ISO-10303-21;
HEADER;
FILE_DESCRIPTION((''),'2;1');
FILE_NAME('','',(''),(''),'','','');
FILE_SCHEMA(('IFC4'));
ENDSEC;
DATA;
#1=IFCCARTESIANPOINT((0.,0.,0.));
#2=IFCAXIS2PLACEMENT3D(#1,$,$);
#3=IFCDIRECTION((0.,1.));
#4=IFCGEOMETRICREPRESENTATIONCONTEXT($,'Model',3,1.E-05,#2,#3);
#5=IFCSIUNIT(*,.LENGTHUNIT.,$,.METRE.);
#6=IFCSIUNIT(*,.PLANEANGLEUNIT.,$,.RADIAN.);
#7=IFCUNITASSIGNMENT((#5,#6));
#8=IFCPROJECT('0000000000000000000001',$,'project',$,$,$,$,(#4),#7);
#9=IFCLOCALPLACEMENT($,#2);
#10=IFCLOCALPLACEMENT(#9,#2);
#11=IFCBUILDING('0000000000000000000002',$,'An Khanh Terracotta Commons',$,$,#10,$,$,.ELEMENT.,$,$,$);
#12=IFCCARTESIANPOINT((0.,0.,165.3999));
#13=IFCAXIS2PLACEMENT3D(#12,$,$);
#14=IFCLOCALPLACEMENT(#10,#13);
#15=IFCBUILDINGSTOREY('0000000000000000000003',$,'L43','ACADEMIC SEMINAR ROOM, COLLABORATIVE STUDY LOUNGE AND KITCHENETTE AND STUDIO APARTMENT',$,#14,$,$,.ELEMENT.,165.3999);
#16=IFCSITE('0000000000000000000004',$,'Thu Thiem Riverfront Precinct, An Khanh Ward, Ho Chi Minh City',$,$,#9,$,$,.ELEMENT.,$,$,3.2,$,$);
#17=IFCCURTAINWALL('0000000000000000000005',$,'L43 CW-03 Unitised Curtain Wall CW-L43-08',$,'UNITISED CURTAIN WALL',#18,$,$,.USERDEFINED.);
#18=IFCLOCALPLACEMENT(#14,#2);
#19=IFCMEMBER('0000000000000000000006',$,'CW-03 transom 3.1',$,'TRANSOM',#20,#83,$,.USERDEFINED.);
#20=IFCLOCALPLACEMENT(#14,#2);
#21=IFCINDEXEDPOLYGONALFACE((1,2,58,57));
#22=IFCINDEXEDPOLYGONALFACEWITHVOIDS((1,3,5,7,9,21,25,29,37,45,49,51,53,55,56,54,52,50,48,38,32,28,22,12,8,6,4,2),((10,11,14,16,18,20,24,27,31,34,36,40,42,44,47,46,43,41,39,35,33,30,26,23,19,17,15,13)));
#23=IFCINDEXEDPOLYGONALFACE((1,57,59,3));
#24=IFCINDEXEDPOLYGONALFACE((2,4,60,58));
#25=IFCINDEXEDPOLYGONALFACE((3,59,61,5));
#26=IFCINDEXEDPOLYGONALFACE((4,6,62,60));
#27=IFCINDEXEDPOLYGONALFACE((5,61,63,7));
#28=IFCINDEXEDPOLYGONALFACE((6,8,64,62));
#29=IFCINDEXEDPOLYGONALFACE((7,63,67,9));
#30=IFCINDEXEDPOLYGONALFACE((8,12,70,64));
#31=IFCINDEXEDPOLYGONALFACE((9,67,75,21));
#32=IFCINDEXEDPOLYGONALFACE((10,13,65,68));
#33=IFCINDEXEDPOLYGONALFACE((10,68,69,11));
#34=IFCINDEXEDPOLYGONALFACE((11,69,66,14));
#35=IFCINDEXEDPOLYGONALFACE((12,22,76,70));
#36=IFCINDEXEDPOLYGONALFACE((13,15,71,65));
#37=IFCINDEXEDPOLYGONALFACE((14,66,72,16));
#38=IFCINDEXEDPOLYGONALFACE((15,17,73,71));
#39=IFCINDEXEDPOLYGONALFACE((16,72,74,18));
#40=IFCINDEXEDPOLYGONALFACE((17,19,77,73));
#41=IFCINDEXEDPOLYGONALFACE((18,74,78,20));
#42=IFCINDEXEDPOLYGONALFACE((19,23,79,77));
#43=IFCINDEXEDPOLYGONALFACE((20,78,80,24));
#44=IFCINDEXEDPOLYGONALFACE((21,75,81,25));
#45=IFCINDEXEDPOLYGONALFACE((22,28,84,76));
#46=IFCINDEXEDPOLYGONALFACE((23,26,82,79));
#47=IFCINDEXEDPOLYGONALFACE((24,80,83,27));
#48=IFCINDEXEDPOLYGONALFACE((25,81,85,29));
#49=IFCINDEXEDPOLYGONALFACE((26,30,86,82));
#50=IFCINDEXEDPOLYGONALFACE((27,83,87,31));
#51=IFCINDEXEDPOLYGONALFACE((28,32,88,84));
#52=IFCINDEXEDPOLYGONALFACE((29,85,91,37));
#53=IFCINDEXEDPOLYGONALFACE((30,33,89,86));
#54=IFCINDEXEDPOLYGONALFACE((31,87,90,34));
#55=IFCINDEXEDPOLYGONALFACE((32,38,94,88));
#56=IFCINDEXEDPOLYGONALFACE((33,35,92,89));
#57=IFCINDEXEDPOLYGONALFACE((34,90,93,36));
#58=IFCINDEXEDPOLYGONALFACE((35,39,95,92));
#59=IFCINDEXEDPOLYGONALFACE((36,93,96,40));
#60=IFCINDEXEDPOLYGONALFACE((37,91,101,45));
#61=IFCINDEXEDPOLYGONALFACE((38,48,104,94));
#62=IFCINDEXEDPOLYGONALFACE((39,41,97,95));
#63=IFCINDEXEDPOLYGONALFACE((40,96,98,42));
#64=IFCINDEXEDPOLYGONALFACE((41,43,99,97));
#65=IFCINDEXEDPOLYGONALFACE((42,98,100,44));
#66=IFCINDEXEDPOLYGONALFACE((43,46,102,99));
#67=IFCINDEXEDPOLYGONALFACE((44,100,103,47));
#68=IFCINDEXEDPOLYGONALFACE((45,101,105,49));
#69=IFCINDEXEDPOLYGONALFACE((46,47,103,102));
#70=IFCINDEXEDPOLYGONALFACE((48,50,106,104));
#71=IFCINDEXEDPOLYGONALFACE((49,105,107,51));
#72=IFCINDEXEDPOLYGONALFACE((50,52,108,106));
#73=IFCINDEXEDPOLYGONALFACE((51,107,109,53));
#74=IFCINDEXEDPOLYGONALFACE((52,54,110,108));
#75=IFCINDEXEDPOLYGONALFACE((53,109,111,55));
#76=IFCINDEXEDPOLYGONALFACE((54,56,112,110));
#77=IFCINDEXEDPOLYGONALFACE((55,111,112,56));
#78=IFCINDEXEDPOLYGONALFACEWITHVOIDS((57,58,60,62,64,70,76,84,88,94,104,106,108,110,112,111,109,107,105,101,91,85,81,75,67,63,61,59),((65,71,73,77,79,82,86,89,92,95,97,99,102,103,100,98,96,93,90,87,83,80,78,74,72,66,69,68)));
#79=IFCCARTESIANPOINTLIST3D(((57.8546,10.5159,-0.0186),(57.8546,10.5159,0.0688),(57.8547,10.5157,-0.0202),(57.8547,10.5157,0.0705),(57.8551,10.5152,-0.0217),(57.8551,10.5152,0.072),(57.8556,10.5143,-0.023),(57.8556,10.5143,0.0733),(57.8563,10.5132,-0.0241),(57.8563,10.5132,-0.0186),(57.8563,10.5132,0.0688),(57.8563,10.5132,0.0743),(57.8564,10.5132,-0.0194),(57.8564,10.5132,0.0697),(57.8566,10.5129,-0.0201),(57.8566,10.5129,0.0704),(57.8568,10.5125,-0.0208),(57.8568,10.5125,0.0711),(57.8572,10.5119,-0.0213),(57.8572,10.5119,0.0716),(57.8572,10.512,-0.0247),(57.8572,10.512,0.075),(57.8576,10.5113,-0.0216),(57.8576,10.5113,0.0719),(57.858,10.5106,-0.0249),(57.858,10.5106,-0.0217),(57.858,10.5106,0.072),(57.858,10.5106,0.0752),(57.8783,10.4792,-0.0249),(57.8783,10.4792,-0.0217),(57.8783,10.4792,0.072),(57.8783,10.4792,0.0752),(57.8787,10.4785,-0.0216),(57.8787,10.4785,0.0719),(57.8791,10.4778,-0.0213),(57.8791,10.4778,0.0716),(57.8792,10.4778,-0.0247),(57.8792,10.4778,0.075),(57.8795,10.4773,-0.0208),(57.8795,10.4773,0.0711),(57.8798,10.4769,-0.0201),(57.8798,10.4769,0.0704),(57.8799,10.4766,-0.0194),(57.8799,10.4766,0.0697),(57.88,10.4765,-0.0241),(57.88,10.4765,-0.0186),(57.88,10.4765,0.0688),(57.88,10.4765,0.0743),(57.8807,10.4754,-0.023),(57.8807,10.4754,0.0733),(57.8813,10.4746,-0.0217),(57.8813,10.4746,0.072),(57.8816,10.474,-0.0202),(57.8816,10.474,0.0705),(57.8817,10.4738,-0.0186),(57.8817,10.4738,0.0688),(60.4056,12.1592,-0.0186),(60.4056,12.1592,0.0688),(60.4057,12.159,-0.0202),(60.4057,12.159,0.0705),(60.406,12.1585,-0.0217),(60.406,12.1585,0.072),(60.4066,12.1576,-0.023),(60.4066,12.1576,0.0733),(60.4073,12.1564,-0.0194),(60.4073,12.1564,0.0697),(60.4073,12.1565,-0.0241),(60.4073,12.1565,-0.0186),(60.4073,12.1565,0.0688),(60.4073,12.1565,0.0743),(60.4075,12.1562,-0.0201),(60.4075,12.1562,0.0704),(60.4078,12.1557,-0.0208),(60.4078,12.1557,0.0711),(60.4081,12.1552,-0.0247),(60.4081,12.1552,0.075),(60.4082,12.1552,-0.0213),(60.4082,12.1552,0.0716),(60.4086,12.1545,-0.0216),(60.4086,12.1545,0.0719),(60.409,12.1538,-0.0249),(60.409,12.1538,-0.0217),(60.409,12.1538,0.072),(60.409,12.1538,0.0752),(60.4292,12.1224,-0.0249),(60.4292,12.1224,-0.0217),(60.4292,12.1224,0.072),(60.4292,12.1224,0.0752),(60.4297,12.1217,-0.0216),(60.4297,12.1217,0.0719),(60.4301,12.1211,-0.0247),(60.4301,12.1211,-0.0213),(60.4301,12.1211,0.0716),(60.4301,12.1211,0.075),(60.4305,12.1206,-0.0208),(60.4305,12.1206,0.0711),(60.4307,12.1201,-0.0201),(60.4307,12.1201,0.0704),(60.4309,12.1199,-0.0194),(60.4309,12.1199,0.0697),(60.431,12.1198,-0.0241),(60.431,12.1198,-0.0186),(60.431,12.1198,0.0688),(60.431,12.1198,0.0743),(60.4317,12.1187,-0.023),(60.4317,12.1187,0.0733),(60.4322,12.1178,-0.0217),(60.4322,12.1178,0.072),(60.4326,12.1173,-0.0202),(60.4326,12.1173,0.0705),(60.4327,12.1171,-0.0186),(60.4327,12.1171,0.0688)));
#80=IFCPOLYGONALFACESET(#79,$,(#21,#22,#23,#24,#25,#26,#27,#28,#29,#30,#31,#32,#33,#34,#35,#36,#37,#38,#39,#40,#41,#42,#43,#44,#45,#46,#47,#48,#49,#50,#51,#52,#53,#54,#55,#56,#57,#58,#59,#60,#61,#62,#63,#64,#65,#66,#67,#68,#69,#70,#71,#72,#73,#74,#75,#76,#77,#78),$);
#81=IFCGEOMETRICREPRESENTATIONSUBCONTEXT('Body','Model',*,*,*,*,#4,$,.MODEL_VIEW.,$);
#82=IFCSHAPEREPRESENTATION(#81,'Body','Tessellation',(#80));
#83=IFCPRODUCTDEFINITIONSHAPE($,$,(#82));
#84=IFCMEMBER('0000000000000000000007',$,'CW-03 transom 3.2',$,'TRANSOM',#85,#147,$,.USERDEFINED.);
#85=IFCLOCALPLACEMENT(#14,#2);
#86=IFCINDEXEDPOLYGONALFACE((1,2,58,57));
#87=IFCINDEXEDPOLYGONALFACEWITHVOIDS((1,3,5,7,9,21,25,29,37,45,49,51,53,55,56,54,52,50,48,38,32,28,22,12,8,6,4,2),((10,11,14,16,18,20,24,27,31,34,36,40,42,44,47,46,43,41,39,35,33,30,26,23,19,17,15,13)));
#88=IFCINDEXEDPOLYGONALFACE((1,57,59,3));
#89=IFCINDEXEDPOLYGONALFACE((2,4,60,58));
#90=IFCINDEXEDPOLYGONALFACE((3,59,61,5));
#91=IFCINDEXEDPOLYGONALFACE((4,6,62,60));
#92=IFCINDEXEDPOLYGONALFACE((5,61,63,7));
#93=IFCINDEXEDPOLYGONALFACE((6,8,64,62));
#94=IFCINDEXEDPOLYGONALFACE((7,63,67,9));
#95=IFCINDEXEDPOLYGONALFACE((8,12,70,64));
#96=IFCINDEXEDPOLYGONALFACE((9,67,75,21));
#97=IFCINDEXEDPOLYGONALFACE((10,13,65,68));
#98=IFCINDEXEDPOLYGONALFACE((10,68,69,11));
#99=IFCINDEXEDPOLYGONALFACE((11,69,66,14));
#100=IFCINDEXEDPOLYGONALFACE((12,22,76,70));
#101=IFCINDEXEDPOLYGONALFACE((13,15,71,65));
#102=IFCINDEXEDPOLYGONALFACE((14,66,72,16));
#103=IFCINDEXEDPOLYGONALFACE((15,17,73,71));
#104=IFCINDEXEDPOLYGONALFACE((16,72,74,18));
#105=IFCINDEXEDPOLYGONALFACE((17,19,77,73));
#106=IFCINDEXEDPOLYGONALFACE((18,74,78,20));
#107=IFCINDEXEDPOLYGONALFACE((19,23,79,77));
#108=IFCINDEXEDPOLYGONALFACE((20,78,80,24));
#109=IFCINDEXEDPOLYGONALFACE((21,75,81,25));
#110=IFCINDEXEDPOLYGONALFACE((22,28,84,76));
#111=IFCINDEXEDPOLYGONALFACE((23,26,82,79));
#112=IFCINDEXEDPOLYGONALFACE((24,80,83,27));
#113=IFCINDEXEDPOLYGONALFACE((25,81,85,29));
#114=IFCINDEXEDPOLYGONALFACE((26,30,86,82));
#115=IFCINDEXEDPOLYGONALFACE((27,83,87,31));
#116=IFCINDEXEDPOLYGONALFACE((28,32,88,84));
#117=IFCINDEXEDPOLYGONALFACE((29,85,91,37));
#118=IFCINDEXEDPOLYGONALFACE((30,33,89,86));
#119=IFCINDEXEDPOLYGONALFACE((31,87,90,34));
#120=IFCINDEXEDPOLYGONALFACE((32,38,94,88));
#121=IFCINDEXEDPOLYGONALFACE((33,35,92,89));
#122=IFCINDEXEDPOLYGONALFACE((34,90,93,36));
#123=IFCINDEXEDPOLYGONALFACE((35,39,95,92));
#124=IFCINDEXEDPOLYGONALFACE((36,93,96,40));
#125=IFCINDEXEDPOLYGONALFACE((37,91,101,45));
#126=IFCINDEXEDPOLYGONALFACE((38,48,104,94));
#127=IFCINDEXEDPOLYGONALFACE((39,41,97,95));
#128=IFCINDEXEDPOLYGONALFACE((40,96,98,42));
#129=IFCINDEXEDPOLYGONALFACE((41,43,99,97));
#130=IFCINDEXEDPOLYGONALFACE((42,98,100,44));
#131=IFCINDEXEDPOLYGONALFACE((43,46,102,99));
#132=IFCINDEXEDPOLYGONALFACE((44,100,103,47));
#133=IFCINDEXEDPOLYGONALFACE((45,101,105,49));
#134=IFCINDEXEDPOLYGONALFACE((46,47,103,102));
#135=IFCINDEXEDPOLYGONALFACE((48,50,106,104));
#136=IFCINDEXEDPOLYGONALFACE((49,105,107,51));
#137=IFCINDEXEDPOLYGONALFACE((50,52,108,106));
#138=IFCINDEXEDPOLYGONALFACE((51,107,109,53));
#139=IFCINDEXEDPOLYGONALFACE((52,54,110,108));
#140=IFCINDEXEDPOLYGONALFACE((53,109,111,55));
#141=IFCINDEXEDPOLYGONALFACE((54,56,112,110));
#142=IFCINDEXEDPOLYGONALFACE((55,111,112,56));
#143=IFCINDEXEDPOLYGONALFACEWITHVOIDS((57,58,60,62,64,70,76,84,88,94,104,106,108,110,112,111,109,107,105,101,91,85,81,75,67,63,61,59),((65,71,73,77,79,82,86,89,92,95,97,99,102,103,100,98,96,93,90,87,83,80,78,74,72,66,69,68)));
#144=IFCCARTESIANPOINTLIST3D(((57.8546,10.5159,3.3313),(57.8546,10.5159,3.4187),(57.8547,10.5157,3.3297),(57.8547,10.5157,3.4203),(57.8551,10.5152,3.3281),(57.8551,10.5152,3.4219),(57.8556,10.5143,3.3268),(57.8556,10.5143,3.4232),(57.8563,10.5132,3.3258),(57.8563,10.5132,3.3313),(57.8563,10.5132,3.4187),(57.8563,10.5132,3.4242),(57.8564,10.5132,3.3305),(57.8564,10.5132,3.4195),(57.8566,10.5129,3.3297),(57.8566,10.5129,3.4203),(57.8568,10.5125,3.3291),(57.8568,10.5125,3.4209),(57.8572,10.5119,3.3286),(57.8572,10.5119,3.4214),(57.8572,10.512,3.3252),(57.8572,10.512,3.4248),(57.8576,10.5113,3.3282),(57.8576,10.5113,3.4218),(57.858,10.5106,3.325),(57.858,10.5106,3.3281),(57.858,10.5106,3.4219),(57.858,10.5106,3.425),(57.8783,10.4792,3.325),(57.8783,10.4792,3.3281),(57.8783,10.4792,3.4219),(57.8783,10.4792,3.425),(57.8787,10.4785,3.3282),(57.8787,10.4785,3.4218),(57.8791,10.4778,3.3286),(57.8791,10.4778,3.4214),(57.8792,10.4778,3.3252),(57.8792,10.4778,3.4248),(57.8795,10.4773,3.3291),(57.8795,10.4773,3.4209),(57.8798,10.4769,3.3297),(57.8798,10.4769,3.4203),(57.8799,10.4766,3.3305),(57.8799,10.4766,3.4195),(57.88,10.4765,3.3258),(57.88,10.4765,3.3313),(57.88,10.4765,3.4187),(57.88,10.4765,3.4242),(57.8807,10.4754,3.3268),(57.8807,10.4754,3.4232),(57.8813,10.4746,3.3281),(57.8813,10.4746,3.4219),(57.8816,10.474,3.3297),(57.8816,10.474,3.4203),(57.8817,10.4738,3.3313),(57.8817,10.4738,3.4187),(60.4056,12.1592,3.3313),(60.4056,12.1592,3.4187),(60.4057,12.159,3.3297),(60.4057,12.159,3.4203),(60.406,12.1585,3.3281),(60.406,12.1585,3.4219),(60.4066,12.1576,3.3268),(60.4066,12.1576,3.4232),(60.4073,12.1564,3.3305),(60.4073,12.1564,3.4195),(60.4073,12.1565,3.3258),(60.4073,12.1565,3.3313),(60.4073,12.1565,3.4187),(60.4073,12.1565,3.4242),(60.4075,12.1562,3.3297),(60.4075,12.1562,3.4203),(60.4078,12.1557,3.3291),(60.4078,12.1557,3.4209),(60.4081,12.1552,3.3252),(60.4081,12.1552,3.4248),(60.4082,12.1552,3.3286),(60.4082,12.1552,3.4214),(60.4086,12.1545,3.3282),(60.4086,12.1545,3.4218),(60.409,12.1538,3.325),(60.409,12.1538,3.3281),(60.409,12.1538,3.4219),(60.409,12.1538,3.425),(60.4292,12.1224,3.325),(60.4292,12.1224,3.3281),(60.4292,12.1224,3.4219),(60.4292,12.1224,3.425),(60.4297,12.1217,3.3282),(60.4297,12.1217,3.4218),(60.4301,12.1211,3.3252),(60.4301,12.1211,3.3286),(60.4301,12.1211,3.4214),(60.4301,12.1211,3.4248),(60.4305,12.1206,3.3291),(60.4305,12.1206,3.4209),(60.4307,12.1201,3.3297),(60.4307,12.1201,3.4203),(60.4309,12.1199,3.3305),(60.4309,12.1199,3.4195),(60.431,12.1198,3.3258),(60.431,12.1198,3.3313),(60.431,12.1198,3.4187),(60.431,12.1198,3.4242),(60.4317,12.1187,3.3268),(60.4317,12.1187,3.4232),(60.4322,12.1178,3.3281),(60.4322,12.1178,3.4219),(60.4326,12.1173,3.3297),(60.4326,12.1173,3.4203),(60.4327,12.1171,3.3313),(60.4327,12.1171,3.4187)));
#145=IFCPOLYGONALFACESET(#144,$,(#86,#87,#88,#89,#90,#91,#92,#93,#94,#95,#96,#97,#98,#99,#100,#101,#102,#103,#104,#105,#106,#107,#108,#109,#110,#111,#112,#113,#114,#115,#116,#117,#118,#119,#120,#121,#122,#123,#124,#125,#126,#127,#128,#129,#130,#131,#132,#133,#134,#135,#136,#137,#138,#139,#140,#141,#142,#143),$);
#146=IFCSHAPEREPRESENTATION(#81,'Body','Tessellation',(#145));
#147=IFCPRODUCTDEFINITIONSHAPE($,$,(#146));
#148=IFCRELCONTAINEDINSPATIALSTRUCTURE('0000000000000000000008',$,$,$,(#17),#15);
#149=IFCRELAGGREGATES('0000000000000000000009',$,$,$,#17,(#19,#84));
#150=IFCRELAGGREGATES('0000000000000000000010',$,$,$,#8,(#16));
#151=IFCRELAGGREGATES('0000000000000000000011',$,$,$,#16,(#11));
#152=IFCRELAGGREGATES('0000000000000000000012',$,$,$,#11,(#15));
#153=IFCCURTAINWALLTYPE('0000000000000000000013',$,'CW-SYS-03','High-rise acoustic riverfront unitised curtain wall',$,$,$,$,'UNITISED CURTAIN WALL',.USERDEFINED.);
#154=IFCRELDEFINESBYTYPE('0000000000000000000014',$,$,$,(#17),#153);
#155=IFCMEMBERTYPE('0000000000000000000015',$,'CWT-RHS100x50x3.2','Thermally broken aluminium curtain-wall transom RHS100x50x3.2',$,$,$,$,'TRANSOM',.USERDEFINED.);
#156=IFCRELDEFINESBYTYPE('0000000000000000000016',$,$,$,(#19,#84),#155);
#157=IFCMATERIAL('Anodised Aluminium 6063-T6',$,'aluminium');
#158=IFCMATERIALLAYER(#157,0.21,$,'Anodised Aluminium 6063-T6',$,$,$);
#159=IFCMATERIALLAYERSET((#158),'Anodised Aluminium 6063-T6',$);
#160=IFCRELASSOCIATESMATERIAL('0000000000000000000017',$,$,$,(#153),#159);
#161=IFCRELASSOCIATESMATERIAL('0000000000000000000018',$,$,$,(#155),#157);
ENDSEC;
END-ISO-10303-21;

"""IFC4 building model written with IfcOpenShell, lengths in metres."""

from ifc_helpers import new_model, si_unit, direction, frame, origin, origin_2d, place, context, subcontext, project, spatial, hollow_rectangle, extrude, material, layer, layer_set, material_profile, profile_set, type_object, element, aggregate, save


model = new_model("IFC4")

# Units and contexts
model_context = context("Model", 3, precision=1e-05, world=origin(), true_north=direction((0.0, 1.0)))
body_context = subcontext(model_context, "Body", "Model", "MODEL_VIEW")
ifc_project = project(units=[si_unit("LENGTHUNIT", "METRE"), si_unit("PLANEANGLEUNIT", "RADIAN")], contexts=[model_context])

# Site, building, storey
site_placement = place(None, origin())
site = spatial("IfcSite", under=ifc_project, at=site_placement, Name="Thu Thiem Riverfront Precinct, An Khanh Ward, Ho Chi Minh City", CompositionType="ELEMENT", RefElevation=3.2)
building_placement = place(site_placement, origin())
building = spatial("IfcBuilding", under=site, at=building_placement, Name="An Khanh Terracotta Commons", CompositionType="ELEMENT")
storey_placement = place(building_placement, frame((0.0, 0.0, 165.3999)))
storey = spatial("IfcBuildingStorey", under=building, at=storey_placement, Name="L43", Description="ACADEMIC SEMINAR ROOM, COLLABORATIVE STUDY LOUNGE AND KITCHENETTE AND STUDIO APARTMENT", CompositionType="ELEMENT", Elevation=165.3999)

# Curtain wall
ifc_material_1 = material(Name="Anodised Aluminium 6063-T6", Category="aluminium")
ifc_layer_1 = layer(ifc_material_1, 0.21, Name="Anodised Aluminium 6063-T6")
ifc_layer_set_1 = layer_set([ifc_layer_1], Name="Anodised Aluminium 6063-T6")
curtain_wall_type = type_object("IfcCurtainWallType", Name="CW-SYS-03", Description="High-rise acoustic riverfront unitised curtain wall", ElementType="UNITISED CURTAIN WALL", PredefinedType="USERDEFINED", material=ifc_layer_set_1)
curtain_wall_1_placement = place(storey_placement, origin())
curtain_wall_1 = element("IfcCurtainWall", 1, at=curtain_wall_1_placement, inside=storey, type_object=curtain_wall_type, Name="L43 CW-03 Unitised Curtain Wall CW-L43-08", ObjectType="UNITISED CURTAIN WALL", PredefinedType="USERDEFINED")

# Members
ifc_material_profile_1 = material_profile(ifc_material_1, hollow_rectangle(XDim=0.05, YDim=0.1001, WallThickness=0.0032, InnerFilletRadius=0.0032, OuterFilletRadius=0.0063, at=origin_2d()), Name="RHS100x50x3.2")
ifc_profile_set_1 = profile_set([ifc_material_profile_1], Name="Anodised Aluminium 6063-T6")
member_type_1 = type_object("IfcMemberType", Name="CWT-RHS100x50x3.2", Description="Thermally broken aluminium curtain-wall transom RHS100x50x3.2", ElementType="TRANSOM", PredefinedType="USERDEFINED", material=ifc_profile_set_1)
member_1_placement = place(storey_placement, frame((57.8682, 10.4949, 0.0251), z_axis=(0.840674, 0.541542, 0.0), x_axis=(-0.541542, 0.840674, 0.0)))
member_1 = element("IfcMember", 2, at=member_1_placement, type_object=member_type_1, Name="CW-03 transom 3.1", ObjectType="TRANSOM", PredefinedType="USERDEFINED", context=body_context, shape_type="SweptSolid", body=[
    extrude(hollow_rectangle(XDim=0.05, YDim=0.1001, WallThickness=0.0032, InnerFilletRadius=0.0032, OuterFilletRadius=0.0063, at=origin_2d()), origin(), (0.0, 0.0, 1.0), 3.0344),
])
member_2_placement = place(storey_placement, frame((57.8682, 10.4949, 3.375), z_axis=(0.840674, 0.541542, 0.0), x_axis=(-0.541542, 0.840674, 0.0)))
member_2 = element("IfcMember", 3, at=member_2_placement, type_object=member_type_1, Name="CW-03 transom 3.2", ObjectType="TRANSOM", PredefinedType="USERDEFINED", context=body_context, shape_type="SweptSolid", body=[
    extrude(hollow_rectangle(XDim=0.05, YDim=0.1001, WallThickness=0.0032, InnerFilletRadius=0.0032, OuterFilletRadius=0.0063, at=origin_2d()), origin(), (0.0, 0.0, 1.0), 3.0344),
])

aggregate(curtain_wall_1, [member_1, member_2])

save(model, "model.ifc")
